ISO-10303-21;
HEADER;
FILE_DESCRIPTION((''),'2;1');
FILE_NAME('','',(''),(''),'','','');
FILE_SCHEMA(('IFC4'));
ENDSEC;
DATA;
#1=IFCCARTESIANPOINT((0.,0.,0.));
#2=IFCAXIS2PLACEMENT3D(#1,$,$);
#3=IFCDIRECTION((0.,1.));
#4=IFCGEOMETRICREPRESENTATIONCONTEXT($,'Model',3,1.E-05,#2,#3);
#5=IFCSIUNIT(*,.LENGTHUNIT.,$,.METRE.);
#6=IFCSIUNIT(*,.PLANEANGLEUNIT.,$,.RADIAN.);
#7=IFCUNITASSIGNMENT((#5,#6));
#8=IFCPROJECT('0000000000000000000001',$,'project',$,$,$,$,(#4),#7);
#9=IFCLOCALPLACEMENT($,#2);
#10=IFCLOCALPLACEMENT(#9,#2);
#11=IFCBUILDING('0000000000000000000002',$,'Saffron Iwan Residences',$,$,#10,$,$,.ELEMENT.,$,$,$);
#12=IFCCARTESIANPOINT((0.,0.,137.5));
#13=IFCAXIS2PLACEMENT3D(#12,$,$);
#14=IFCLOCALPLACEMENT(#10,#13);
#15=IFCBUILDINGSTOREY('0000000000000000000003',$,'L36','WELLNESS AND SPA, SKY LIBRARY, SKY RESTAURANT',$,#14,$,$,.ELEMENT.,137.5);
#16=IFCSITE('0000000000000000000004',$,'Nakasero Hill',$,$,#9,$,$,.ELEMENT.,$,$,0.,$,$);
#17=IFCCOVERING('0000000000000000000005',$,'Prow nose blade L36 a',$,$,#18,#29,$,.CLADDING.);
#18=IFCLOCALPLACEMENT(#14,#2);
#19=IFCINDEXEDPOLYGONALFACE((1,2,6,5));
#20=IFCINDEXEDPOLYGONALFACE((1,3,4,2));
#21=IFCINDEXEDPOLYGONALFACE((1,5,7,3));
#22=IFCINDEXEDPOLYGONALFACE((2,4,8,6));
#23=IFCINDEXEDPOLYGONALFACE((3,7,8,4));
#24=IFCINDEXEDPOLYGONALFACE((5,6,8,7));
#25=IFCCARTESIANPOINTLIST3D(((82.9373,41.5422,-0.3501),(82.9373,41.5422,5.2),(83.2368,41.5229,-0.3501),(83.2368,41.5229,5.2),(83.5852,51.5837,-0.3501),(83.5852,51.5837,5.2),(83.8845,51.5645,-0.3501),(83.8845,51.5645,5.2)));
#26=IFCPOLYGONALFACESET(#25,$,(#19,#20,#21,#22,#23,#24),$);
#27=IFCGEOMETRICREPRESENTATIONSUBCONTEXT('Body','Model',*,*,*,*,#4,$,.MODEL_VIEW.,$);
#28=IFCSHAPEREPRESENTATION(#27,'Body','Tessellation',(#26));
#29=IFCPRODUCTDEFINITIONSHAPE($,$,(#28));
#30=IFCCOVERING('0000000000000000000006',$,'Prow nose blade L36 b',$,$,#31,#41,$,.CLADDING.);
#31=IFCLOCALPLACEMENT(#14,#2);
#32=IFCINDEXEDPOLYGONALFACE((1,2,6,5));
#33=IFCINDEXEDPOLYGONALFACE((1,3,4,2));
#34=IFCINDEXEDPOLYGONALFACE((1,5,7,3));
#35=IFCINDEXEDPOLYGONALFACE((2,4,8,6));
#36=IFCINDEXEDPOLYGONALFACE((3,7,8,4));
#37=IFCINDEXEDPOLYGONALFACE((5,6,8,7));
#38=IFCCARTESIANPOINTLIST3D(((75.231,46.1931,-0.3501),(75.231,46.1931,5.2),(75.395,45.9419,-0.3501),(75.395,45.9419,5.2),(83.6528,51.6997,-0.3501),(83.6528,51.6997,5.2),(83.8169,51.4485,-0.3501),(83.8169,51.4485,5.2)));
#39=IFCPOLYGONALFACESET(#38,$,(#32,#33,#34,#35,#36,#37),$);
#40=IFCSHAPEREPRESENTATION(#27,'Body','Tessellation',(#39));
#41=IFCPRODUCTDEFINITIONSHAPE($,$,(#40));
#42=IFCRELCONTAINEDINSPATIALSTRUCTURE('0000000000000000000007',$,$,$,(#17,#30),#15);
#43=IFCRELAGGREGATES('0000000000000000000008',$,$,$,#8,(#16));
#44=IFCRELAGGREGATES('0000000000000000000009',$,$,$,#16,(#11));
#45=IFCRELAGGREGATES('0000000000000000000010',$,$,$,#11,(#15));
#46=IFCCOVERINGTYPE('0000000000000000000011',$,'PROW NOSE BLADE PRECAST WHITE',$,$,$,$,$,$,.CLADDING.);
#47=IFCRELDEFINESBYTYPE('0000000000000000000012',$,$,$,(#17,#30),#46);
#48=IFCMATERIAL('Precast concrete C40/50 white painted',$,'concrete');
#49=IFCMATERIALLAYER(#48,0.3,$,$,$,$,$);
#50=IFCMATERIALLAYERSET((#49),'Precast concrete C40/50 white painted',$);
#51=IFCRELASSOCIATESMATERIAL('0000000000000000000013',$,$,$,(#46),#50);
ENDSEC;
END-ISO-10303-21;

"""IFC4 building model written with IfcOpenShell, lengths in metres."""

from ifc_helpers import new_model, si_unit, direction, frame, origin, place, context, subcontext, project, spatial, polyline, outline, extrude, material, layer, layer_set, type_object, element, save


model = new_model("IFC4")

# Units and contexts
model_context = context("Model", 3, precision=1e-05, world=origin(), true_north=direction((0.0, 1.0)))
body_context = subcontext(model_context, "Body", "Model", "MODEL_VIEW")
ifc_project = project(units=[si_unit("LENGTHUNIT", "METRE"), si_unit("PLANEANGLEUNIT", "RADIAN")], contexts=[model_context])

# Site, building, storey
site_placement = place(None, origin())
site = spatial("IfcSite", under=ifc_project, at=site_placement, Name="Nakasero Hill", CompositionType="ELEMENT", RefElevation=0.0)
building_placement = place(site_placement, origin())
building = spatial("IfcBuilding", under=site, at=building_placement, Name="Saffron Iwan Residences", CompositionType="ELEMENT")
storey_placement = place(building_placement, frame((0.0, 0.0, 137.5)))
storey = spatial("IfcBuildingStorey", under=building, at=storey_placement, Name="L36", Description="WELLNESS AND SPA, SKY LIBRARY, SKY RESTAURANT", CompositionType="ELEMENT", Elevation=137.5)

# Coverings
ifc_material_1 = material(Name="Precast concrete C40/50 white painted", Category="concrete")
ifc_layer_1 = layer(ifc_material_1, 0.3)
ifc_layer_set_1 = layer_set([ifc_layer_1], Name="Precast concrete C40/50 white painted")
covering_type_1 = type_object("IfcCoveringType", Name="PROW NOSE BLADE PRECAST WHITE", PredefinedType="CLADDING", material=ifc_layer_set_1)
covering_1_placement = place(storey_placement, frame((0.0, 0.0, -0.3501)))
element("IfcCovering", 1, at=covering_1_placement, inside=storey, type_object=covering_type_1, Name="Prow nose blade L36 a", PredefinedType="CLADDING", context=body_context, shape_type="SweptSolid", body=[
    extrude(outline(polyline([(83.2368, 41.5229), (83.8845, 51.5645), (83.5852, 51.5837), (82.9373, 41.5422), (83.2368, 41.5229)])), origin(), (0.0, 0.0, 1.0), 5.55),
])
covering_2_placement = place(storey_placement, frame((0.0, 0.0, -0.3501)))
element("IfcCovering", 2, at=covering_2_placement, inside=storey, type_object=covering_type_1, Name="Prow nose blade L36 b", PredefinedType="CLADDING", context=body_context, shape_type="SweptSolid", body=[
    extrude(outline(polyline([(75.395, 45.9419), (83.8169, 51.4485), (83.6528, 51.6997), (75.231, 46.1931), (75.395, 45.9419)])), origin(), (0.0, 0.0, 1.0), 5.55),
])

save(model, "model.ifc")
